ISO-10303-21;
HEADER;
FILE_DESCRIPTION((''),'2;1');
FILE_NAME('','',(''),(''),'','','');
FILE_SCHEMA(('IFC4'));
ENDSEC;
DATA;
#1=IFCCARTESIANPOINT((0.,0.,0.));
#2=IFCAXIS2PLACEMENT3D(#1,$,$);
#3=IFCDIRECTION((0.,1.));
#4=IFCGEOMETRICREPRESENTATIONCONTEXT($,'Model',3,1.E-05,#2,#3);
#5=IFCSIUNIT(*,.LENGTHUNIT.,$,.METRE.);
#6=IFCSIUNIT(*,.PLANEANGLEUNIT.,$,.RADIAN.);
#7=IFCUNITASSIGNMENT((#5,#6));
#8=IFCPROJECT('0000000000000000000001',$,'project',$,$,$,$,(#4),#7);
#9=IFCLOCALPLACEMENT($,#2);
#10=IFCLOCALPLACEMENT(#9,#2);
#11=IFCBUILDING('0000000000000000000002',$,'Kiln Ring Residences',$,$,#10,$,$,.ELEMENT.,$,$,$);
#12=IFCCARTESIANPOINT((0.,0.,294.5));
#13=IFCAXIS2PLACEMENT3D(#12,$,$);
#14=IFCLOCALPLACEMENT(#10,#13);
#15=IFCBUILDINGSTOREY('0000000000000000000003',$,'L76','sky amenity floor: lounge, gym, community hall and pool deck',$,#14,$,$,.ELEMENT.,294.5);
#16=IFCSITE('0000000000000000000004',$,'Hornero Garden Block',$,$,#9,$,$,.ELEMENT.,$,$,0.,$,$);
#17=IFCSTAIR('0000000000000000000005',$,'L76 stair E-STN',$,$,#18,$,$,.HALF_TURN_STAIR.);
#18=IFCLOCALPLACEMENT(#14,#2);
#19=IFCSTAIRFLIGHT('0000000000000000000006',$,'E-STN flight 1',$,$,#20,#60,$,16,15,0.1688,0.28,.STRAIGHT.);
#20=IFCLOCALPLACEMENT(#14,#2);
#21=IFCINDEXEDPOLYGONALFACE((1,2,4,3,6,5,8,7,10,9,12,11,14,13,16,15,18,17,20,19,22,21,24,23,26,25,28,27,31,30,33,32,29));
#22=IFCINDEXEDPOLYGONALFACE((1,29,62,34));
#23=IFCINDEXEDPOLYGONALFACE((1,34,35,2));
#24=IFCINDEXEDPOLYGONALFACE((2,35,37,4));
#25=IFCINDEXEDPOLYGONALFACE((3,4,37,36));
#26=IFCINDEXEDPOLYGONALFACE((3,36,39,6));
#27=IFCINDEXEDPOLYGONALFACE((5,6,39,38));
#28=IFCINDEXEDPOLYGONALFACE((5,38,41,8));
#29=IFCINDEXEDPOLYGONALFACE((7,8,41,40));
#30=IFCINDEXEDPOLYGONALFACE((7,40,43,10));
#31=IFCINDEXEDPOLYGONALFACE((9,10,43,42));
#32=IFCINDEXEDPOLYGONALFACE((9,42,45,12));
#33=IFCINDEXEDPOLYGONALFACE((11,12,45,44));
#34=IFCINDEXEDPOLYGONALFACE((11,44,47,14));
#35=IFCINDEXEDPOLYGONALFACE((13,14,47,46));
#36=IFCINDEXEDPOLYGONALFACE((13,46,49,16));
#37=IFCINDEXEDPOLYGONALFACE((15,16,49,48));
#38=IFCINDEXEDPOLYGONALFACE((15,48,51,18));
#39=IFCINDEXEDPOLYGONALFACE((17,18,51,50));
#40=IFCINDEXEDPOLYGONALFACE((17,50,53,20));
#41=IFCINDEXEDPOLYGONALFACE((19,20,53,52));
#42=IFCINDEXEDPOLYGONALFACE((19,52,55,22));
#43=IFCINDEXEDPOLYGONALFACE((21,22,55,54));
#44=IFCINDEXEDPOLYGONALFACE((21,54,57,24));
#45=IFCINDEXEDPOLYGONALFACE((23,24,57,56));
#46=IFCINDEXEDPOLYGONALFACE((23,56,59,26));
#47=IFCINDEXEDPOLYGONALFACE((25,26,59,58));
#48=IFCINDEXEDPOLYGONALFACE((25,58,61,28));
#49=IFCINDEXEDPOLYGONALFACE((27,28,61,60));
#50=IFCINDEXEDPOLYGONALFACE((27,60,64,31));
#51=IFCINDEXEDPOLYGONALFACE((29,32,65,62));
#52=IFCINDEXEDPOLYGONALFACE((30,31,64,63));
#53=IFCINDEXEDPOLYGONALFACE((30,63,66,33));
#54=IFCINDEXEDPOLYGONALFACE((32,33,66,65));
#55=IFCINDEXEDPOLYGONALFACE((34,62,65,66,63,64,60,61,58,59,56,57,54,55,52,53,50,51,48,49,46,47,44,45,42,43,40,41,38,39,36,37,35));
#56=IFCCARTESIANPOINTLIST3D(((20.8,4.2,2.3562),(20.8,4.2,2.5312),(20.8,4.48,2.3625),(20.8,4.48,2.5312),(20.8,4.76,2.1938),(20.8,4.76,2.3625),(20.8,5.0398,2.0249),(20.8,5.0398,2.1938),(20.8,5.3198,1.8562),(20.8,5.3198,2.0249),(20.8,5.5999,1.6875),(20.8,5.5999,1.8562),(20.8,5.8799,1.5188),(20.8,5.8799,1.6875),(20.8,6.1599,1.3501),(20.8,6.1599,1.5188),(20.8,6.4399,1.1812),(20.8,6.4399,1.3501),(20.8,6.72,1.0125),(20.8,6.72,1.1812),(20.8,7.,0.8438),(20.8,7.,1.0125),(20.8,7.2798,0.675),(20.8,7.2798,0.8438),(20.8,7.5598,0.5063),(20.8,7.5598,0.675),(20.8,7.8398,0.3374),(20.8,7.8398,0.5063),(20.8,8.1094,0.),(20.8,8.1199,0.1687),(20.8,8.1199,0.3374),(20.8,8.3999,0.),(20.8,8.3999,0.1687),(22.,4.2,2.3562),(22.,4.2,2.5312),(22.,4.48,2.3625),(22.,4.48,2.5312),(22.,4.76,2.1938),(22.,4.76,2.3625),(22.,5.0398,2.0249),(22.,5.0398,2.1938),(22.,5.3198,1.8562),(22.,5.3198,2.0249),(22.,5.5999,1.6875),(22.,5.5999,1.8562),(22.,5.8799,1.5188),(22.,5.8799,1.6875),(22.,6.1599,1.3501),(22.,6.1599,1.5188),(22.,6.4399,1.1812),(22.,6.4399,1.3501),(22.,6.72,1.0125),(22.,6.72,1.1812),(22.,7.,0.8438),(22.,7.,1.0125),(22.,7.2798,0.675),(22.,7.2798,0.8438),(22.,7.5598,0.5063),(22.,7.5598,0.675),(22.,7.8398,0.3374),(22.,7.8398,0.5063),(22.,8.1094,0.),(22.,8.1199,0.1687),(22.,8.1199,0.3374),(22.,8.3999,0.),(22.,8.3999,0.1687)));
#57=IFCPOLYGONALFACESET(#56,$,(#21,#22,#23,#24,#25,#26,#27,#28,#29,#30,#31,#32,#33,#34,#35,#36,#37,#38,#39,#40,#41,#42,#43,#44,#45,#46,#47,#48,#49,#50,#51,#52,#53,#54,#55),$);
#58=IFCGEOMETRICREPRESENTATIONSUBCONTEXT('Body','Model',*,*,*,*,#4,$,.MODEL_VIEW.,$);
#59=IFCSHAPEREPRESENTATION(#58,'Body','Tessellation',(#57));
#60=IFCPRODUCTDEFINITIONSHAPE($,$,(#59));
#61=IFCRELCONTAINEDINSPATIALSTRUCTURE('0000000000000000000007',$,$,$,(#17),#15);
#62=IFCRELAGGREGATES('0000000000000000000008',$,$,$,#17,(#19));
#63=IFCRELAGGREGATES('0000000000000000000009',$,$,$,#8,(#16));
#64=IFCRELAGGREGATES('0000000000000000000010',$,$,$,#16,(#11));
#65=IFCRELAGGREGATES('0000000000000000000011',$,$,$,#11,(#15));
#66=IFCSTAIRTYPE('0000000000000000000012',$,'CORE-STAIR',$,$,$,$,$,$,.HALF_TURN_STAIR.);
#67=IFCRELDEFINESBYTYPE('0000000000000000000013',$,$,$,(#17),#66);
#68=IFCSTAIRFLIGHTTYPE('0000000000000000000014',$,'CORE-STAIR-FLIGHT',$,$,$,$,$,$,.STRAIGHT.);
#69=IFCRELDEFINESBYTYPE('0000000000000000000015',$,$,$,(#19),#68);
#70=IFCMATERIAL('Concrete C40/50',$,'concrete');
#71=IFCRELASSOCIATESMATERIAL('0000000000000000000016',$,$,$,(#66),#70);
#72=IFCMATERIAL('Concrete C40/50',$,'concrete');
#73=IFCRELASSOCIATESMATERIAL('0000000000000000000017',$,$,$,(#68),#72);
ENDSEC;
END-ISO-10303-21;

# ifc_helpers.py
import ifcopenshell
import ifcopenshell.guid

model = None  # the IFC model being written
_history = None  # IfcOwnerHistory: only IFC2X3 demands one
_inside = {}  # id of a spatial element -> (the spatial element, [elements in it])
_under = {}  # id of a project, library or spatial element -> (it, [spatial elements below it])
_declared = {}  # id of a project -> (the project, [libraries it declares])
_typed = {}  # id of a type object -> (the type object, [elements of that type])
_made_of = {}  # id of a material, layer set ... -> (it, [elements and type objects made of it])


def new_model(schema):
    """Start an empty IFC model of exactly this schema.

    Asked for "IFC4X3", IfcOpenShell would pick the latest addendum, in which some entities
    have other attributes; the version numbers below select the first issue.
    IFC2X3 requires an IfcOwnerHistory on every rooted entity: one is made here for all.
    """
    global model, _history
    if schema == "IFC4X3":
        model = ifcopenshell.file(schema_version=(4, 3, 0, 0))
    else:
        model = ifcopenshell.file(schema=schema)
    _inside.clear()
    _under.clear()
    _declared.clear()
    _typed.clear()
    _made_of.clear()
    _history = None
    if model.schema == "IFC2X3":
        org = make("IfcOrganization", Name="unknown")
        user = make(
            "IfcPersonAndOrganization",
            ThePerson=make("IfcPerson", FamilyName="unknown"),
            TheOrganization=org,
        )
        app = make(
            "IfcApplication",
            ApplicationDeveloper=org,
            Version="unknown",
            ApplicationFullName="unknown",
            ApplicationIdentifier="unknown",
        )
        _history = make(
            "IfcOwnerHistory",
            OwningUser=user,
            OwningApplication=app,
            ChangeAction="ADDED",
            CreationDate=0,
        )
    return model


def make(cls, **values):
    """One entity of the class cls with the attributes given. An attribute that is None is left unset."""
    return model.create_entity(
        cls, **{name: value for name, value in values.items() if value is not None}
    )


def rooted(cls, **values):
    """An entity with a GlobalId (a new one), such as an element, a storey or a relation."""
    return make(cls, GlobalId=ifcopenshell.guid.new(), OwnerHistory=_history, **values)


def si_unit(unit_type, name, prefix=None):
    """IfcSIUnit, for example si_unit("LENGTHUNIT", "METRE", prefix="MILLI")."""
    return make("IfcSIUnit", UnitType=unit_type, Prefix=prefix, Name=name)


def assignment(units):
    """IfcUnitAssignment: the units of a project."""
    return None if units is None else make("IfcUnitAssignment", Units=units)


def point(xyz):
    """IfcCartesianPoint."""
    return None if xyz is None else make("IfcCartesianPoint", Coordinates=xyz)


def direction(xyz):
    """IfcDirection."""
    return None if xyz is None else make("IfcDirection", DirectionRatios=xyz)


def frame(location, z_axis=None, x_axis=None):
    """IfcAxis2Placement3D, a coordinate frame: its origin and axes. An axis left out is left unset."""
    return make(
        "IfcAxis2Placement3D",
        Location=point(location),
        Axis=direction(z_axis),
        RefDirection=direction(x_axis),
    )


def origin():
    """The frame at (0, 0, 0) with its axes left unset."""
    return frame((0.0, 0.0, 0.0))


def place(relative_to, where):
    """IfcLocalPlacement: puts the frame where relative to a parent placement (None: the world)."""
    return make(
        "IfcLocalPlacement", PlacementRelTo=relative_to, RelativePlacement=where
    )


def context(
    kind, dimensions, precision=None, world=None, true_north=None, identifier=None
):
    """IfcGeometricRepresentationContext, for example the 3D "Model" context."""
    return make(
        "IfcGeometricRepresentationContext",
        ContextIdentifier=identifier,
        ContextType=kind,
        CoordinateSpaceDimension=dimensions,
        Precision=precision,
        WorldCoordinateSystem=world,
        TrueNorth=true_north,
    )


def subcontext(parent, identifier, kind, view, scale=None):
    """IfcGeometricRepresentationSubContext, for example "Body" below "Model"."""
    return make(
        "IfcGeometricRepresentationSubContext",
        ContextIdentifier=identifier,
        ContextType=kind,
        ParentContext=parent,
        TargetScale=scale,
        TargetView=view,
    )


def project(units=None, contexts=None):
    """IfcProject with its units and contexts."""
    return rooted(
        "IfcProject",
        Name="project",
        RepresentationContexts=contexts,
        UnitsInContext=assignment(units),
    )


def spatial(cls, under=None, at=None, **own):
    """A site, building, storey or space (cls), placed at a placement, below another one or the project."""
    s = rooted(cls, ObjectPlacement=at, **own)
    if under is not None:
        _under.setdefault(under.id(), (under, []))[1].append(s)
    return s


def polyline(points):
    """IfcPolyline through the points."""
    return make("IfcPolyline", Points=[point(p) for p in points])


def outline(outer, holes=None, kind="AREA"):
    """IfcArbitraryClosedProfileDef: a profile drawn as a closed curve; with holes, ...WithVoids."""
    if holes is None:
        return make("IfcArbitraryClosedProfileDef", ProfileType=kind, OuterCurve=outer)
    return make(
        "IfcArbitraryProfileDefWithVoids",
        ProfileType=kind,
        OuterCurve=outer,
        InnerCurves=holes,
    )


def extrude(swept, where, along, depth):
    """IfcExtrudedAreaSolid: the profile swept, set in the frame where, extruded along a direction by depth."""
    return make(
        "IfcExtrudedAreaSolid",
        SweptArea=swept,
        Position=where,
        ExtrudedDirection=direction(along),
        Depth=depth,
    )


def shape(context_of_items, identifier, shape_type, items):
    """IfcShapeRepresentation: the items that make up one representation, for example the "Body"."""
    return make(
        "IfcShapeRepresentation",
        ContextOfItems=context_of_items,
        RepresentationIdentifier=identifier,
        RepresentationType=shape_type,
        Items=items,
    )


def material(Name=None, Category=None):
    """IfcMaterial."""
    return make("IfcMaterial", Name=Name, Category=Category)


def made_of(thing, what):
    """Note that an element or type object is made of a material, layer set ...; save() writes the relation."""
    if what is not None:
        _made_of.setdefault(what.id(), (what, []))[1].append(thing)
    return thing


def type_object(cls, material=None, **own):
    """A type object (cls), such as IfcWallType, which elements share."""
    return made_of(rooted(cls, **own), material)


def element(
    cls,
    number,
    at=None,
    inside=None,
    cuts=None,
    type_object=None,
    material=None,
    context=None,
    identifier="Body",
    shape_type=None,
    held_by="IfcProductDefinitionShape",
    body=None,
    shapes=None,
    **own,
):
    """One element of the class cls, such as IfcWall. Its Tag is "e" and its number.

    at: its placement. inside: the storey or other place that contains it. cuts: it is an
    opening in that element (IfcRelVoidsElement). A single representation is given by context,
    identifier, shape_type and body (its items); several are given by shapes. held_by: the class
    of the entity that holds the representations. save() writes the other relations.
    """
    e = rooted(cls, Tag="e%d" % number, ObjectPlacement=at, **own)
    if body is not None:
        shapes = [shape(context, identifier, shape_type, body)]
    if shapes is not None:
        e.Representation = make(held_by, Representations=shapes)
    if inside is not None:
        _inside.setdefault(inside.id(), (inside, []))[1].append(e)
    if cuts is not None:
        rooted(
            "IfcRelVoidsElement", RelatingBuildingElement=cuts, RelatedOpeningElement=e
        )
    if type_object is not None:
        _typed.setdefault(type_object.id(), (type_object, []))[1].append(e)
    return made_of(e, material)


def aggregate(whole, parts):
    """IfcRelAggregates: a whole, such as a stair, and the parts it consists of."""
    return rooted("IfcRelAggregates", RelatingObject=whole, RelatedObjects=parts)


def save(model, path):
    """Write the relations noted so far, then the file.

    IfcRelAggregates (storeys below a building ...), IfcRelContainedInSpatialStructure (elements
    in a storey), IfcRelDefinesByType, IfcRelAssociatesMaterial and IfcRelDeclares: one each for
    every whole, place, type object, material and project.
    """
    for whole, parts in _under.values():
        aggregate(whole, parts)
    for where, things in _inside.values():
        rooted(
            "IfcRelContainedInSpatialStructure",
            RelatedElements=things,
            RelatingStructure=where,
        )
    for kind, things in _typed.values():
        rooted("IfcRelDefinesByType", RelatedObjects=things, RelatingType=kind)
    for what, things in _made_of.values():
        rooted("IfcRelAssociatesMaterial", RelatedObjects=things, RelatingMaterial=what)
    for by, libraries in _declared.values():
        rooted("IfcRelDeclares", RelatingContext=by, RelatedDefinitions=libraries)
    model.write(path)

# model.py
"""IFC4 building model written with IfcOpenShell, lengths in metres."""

from ifc_helpers import new_model, si_unit, direction, frame, origin, place, context, subcontext, project, spatial, polyline, outline, extrude, material, type_object, element, aggregate, save


model = new_model("IFC4")

# Units and contexts
model_context = context("Model", 3, precision=1e-05, world=origin(), true_north=direction((0.0, 1.0)))
body_context = subcontext(model_context, "Body", "Model", "MODEL_VIEW")
ifc_project = project(units=[si_unit("LENGTHUNIT", "METRE"), si_unit("PLANEANGLEUNIT", "RADIAN")], contexts=[model_context])

# Site, building, storey
site_placement = place(None, origin())
site = spatial("IfcSite", under=ifc_project, at=site_placement, Name="Hornero Garden Block", CompositionType="ELEMENT", RefElevation=0.0)
building_placement = place(site_placement, origin())
building = spatial("IfcBuilding", under=site, at=building_placement, Name="Kiln Ring Residences", CompositionType="ELEMENT")
storey_placement = place(building_placement, frame((0.0, 0.0, 294.5)))
storey = spatial("IfcBuildingStorey", under=building, at=storey_placement, Name="L76", Description="sky amenity floor: lounge, gym, community hall and pool deck", CompositionType="ELEMENT", Elevation=294.5)

# Shared definitions
placement = place(storey_placement, origin())

# Stair, stair flight
ifc_material_1 = material(Name="Concrete C40/50", Category="concrete")
stair_type = type_object("IfcStairType", Name="CORE-STAIR", PredefinedType="HALF_TURN_STAIR", material=ifc_material_1)
stair = element("IfcStair", 1, at=placement, inside=storey, type_object=stair_type, Name="L76 stair E-STN", PredefinedType="HALF_TURN_STAIR")
ifc_material_2 = material(Name="Concrete C40/50", Category="concrete")
stair_flight_type = type_object("IfcStairFlightType", Name="CORE-STAIR-FLIGHT", PredefinedType="STRAIGHT", material=ifc_material_2)
stair_flight_placement = place(storey_placement, frame((21.3999, 8.3999, 0.0), z_axis=(0.0, 0.0, 1.0), x_axis=(0.0, -1.0, 0.0)))
stair_flight = element("IfcStairFlight", 2, at=stair_flight_placement, type_object=stair_flight_type, Name="E-STN flight 1", NumberOfRisers=16, NumberOfTreads=15, PredefinedType="STRAIGHT", RiserHeight=0.1688, TreadLength=0.28, context=body_context, shape_type="SweptSolid", body=[
    extrude(outline(polyline([(0.0, 0.0), (0.0, 0.1687), (0.28, 0.1687), (0.28, 0.3374), (0.5601, 0.3374), (0.5601, 0.5063), (0.8401, 0.5063), (0.8401, 0.675), (1.1201, 0.675), (1.1201, 0.8438), (1.3999, 0.8438), (1.3999, 1.0125), (1.6799, 1.0125), (1.6799, 1.1812), (1.96, 1.1812), (1.96, 1.3501), (2.24, 1.3501), (2.24, 1.5188), (2.52, 1.5188), (2.52, 1.6875), (2.8, 1.6875), (2.8, 1.8562), (3.0801, 1.8562), (3.0801, 2.0249), (3.3601, 2.0249), (3.3601, 2.1938), (3.6399, 2.1938), (3.6399, 2.3625), (3.9199, 2.3625), (3.9199, 2.5312), (4.2, 2.5312), (4.2, 2.7), (4.2, 2.3562), (0.2905, 0.0), (0.0, 0.0)])), frame((0.0, 0.6001, 0.0), z_axis=(0.0, -1.0, 0.0), x_axis=(1.0, 0.0, 0.0)), (0.0, 0.0, 1.0), 1.2),
])
aggregate(stair, [stair_flight])

save(model, "model.ifc")
